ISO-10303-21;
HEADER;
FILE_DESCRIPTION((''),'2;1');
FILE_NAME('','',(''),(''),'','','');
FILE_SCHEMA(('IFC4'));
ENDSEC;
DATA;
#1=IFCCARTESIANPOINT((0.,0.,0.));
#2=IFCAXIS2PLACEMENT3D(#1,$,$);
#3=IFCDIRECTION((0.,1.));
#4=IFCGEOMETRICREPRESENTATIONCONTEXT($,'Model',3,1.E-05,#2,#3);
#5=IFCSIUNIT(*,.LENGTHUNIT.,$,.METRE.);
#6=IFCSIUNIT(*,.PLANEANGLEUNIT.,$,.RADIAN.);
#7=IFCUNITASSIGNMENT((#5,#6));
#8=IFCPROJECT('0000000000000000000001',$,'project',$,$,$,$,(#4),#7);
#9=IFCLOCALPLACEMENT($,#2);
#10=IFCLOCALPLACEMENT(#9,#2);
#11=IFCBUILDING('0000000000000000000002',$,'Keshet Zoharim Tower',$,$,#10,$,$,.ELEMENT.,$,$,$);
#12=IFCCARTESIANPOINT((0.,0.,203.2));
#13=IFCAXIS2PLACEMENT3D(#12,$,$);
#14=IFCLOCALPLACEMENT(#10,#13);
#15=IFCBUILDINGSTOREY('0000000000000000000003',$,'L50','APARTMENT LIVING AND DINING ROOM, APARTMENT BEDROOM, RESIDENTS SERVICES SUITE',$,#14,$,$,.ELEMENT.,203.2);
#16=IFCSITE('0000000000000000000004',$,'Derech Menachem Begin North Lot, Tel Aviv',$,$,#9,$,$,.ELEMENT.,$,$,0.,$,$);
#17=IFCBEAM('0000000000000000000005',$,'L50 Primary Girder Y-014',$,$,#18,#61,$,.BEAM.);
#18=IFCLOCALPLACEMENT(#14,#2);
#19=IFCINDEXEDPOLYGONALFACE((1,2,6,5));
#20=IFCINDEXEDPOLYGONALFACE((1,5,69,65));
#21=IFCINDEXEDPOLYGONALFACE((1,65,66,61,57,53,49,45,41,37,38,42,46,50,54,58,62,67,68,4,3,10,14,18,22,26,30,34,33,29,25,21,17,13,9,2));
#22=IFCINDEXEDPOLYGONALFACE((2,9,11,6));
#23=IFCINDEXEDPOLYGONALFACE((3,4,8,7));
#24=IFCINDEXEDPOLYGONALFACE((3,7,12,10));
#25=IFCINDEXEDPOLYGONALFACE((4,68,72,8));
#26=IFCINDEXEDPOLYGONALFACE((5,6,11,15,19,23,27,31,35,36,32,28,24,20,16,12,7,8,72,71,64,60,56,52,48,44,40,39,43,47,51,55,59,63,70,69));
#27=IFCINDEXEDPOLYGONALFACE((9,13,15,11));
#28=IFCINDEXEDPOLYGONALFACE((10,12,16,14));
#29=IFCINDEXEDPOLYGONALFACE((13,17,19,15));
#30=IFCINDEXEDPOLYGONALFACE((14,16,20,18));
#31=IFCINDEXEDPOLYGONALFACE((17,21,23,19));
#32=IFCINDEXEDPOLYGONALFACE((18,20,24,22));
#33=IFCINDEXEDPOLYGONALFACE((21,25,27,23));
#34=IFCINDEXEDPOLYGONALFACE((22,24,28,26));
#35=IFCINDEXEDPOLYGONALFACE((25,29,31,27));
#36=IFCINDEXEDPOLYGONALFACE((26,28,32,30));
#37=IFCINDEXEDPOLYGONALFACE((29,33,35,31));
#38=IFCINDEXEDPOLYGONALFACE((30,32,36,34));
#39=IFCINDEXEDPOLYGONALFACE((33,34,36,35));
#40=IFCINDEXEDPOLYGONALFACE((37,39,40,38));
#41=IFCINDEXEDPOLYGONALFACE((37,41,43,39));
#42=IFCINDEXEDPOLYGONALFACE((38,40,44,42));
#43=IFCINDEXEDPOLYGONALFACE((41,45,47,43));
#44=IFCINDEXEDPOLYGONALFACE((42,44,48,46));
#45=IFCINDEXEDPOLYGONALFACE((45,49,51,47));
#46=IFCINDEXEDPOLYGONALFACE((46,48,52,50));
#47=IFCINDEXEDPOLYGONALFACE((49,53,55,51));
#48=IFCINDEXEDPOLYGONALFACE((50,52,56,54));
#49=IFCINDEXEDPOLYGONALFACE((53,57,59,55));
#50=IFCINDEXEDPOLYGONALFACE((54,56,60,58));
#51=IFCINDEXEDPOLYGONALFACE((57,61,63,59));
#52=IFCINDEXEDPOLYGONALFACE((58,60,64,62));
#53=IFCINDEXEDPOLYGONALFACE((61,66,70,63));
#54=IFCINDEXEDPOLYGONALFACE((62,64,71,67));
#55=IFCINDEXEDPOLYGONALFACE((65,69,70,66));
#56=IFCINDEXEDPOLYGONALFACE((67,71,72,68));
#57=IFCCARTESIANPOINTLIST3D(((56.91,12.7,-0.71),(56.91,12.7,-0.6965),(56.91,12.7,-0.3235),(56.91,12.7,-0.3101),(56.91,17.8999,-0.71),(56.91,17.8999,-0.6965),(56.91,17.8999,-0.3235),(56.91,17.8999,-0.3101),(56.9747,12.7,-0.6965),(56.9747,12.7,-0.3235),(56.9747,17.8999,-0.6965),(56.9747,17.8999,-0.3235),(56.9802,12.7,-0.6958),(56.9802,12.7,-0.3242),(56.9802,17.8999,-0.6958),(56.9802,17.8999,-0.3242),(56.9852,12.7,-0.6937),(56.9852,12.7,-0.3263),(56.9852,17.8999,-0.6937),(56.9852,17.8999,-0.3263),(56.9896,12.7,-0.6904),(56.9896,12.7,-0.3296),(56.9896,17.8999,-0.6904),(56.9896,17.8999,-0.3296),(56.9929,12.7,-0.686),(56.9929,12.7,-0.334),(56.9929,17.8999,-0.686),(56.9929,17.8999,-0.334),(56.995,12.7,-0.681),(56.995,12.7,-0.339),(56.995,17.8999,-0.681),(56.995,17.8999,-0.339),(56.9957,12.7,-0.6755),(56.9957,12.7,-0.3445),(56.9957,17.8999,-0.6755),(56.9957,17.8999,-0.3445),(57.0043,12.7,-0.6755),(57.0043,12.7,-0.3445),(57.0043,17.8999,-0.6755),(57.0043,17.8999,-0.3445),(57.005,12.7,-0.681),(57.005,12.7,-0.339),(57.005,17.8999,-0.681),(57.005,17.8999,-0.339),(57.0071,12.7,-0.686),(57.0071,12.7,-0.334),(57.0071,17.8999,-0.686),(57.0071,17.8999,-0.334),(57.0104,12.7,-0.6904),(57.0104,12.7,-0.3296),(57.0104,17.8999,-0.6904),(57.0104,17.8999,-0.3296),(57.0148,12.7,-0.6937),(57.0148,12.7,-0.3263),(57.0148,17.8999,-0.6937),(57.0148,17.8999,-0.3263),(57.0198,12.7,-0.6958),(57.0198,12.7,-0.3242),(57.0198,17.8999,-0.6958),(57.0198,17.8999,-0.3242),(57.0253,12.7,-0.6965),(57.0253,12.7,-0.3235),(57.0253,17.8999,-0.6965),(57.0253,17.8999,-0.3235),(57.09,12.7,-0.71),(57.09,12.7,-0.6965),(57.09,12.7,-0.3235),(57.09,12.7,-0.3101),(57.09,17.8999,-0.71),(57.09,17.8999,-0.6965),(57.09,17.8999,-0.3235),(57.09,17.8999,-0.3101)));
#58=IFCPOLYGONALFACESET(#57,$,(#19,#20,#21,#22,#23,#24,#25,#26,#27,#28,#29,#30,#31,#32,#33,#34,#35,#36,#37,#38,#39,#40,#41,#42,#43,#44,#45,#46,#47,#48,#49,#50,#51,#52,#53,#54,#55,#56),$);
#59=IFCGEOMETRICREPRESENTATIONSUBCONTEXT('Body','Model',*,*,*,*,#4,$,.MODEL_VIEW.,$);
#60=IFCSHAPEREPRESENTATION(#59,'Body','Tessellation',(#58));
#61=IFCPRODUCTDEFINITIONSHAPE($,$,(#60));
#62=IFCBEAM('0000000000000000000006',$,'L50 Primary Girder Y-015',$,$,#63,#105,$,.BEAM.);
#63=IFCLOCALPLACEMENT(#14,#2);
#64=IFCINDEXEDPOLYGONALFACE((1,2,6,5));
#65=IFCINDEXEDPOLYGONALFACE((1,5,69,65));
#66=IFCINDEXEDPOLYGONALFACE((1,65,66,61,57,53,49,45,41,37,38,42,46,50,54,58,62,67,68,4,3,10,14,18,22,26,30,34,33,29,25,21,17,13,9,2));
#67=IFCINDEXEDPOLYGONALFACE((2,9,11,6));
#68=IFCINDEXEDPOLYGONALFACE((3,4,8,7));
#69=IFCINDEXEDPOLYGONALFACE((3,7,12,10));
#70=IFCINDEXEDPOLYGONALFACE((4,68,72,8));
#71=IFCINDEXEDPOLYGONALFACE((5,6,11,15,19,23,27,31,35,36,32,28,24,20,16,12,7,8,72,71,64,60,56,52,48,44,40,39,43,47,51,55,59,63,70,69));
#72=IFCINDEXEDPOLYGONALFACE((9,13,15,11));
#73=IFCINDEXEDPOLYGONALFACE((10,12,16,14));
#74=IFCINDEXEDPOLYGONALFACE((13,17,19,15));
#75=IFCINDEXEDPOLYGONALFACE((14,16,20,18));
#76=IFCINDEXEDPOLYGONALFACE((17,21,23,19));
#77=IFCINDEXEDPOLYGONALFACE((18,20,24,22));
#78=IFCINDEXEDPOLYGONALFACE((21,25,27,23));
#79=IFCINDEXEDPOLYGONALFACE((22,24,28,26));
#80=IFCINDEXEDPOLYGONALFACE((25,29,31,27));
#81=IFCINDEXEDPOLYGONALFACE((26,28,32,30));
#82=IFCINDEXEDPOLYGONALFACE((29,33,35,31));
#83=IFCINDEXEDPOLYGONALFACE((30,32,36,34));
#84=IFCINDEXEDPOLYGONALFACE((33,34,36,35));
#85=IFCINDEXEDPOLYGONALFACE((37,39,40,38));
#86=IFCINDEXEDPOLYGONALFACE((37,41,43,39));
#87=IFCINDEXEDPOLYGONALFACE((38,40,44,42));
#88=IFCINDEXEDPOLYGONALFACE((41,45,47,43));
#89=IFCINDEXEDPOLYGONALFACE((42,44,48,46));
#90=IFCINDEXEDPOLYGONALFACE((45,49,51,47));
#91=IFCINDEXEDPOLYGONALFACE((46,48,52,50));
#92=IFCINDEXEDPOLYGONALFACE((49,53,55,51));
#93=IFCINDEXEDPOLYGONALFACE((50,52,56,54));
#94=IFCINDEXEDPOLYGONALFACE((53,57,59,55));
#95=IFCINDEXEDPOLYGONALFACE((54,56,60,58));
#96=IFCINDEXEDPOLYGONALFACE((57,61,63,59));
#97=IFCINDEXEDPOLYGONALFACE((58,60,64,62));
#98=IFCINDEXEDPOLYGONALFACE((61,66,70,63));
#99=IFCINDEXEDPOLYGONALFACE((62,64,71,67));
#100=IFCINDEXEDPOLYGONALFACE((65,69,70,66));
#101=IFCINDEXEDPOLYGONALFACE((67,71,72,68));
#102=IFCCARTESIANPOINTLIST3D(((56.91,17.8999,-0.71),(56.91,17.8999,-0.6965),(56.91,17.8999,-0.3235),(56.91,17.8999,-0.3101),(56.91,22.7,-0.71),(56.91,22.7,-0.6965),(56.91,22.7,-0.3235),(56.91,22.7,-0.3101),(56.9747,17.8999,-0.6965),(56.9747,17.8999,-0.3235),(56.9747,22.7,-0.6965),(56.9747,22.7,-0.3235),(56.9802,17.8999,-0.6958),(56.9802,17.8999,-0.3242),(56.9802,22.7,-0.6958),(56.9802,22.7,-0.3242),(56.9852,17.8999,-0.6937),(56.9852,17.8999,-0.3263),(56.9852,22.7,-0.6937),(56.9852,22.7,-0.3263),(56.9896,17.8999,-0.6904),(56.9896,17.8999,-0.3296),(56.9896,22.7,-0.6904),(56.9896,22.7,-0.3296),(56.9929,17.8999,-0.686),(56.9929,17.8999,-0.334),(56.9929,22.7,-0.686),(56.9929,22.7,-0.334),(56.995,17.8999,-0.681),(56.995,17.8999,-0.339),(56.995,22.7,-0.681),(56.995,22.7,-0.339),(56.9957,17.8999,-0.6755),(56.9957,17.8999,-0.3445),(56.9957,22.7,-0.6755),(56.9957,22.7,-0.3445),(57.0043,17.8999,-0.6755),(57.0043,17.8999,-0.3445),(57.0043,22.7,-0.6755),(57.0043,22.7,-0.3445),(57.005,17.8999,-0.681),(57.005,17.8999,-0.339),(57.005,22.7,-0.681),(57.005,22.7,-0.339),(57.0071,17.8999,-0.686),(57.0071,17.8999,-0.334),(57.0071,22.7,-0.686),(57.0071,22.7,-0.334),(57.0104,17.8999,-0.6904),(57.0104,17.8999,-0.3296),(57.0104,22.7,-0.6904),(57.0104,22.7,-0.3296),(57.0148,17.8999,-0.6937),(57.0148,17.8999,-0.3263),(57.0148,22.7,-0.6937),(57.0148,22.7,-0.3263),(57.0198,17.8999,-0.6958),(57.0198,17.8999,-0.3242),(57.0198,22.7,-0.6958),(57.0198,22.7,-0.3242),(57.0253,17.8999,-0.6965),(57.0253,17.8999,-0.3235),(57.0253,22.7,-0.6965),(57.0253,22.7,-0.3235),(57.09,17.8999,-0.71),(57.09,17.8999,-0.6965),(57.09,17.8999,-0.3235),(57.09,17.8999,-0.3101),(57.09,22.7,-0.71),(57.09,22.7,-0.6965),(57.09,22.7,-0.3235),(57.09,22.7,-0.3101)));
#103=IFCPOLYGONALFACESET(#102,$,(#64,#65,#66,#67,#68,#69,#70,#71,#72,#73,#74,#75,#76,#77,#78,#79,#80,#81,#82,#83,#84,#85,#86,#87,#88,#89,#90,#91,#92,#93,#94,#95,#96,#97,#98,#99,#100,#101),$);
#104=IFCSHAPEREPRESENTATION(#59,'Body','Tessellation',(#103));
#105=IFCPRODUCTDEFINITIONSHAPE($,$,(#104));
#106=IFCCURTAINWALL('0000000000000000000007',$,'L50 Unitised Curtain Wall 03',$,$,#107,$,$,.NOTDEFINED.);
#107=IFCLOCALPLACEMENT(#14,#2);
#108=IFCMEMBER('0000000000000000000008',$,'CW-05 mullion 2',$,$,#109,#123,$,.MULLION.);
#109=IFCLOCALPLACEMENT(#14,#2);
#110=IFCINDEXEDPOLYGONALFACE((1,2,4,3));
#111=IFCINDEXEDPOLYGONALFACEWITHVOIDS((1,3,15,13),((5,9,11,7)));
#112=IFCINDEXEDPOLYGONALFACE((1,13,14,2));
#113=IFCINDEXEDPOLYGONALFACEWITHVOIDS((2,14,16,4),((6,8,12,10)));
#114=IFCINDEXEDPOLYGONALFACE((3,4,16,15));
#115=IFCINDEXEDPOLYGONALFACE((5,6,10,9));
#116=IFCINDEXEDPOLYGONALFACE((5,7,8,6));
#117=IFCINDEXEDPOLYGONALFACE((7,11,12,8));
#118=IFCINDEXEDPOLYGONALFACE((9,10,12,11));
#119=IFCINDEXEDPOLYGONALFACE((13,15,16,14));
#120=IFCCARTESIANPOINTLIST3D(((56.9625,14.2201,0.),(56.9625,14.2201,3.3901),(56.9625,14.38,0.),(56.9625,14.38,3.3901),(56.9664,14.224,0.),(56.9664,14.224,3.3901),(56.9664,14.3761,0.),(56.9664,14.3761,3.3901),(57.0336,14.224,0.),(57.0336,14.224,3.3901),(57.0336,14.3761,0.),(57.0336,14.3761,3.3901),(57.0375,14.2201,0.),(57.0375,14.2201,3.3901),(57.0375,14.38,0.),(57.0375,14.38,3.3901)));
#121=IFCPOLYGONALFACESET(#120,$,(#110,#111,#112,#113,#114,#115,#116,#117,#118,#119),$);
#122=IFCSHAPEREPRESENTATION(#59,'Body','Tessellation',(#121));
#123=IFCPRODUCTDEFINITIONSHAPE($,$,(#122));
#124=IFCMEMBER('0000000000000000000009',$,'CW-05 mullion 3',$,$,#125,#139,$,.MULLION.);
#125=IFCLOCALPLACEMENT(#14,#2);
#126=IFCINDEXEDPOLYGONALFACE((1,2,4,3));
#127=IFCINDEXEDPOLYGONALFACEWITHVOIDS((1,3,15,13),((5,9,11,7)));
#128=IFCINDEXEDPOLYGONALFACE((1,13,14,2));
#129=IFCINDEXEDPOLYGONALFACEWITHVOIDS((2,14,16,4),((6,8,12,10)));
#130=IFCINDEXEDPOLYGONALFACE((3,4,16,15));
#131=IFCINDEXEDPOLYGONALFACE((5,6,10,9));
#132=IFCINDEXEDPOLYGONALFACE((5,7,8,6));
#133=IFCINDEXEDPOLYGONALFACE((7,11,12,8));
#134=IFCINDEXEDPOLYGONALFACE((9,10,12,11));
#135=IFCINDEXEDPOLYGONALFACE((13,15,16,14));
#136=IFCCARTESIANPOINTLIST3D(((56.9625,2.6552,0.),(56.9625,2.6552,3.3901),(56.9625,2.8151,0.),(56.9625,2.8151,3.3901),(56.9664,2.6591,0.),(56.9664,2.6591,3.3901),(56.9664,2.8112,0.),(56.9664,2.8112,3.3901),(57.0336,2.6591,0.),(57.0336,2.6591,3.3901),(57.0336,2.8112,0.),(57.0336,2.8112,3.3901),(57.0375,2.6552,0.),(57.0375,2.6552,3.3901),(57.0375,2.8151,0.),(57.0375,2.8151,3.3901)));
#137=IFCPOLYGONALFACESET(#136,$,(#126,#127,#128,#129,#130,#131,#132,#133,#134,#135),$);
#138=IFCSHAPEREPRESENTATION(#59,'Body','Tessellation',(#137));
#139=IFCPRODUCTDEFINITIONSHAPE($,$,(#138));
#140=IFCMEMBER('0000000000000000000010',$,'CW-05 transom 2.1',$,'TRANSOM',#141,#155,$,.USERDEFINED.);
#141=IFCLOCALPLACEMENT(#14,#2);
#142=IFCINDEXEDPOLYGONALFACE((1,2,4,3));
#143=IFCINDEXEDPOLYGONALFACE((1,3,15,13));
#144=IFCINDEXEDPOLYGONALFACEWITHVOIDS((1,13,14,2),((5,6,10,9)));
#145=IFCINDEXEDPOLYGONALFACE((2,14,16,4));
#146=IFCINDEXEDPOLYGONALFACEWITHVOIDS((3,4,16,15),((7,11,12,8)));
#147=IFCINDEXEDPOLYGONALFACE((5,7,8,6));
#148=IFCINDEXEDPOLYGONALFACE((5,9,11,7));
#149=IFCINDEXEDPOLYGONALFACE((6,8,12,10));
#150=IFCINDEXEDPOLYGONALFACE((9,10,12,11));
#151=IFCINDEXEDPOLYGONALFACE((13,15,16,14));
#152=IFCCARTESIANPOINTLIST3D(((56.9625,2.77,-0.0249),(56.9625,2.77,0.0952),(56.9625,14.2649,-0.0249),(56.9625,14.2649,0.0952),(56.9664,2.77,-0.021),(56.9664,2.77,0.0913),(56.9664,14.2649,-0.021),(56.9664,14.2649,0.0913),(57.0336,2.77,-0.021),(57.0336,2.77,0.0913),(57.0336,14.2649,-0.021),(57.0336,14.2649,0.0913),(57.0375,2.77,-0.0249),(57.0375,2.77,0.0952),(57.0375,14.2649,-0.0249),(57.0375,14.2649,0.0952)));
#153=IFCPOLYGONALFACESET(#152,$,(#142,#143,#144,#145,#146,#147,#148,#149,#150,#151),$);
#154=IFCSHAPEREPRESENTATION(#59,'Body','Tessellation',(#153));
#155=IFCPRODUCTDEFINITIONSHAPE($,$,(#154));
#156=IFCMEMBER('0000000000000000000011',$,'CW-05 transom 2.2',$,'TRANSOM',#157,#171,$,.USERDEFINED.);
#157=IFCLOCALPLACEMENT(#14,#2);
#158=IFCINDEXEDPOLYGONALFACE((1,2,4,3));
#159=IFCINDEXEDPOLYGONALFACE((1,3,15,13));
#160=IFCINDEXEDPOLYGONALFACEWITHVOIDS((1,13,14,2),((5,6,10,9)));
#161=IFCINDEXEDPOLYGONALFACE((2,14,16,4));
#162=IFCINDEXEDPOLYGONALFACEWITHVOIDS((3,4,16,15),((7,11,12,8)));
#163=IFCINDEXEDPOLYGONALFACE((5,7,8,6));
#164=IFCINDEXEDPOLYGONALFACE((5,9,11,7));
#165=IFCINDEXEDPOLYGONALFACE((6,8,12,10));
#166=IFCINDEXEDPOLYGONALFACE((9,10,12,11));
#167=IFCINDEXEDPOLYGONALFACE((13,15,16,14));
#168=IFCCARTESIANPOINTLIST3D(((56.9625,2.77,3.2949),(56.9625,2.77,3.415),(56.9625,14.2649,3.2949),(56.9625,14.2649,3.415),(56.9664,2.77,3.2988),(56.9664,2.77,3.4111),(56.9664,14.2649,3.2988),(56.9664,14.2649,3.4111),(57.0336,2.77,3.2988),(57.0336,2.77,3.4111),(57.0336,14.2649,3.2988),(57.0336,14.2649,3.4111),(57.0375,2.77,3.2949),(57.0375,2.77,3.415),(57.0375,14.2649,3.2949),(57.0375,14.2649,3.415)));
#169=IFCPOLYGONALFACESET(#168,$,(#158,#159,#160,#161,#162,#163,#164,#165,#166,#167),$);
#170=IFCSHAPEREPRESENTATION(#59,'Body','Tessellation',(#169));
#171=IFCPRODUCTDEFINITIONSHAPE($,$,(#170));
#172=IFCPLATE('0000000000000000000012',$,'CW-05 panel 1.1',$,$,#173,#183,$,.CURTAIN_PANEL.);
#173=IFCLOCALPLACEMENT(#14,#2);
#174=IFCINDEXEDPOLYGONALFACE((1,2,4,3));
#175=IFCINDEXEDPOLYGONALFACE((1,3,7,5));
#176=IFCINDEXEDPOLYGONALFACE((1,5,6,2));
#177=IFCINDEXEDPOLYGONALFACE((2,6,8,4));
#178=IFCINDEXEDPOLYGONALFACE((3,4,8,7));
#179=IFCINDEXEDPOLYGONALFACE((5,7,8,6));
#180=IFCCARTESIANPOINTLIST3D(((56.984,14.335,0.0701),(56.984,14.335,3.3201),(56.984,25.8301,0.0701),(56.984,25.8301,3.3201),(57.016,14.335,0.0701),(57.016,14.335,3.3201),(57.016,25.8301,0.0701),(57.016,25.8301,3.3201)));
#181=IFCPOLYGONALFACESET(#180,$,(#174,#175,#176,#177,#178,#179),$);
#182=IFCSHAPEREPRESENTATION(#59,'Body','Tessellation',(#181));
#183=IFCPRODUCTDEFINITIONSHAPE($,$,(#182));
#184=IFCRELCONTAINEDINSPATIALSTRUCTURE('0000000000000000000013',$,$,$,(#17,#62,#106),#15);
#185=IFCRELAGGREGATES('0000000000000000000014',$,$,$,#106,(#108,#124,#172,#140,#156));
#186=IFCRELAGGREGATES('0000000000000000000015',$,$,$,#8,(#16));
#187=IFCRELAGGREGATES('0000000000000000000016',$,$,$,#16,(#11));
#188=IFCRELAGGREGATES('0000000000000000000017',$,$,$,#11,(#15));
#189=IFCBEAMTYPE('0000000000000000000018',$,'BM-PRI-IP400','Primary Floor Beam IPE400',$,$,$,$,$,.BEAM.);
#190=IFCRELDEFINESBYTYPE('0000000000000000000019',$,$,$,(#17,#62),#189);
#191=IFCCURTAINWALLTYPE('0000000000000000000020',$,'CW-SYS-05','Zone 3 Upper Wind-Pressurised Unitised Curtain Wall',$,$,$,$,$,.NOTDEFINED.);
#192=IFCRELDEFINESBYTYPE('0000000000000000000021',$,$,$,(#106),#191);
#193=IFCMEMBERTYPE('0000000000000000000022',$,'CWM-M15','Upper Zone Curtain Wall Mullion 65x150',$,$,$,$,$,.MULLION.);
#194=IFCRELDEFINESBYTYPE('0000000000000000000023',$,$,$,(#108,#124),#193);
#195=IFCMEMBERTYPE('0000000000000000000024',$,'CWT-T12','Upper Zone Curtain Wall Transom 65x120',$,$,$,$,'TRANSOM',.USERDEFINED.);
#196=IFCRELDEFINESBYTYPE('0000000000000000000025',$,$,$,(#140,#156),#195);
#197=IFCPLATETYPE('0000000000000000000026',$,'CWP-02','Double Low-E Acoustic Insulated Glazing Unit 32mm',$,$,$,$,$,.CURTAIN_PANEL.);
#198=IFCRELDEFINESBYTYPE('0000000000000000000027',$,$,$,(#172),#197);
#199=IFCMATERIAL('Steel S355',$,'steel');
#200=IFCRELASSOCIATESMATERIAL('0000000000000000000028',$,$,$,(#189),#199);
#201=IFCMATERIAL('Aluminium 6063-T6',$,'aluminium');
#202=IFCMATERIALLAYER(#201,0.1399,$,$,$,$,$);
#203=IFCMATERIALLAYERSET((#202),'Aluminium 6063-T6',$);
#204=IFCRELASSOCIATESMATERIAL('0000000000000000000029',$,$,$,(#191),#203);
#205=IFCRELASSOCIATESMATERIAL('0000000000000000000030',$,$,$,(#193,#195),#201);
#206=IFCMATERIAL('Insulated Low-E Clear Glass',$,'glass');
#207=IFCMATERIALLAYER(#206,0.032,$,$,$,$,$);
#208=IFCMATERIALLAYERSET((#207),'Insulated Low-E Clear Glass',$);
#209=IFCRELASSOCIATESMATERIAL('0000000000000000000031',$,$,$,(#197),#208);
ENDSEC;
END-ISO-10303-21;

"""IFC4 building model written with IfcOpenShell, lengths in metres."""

from ifc_helpers import new_model, si_unit, direction, frame, origin, origin_2d, place, context, subcontext, project, spatial, rectangle, hollow_rectangle, i_section, extrude, material, layer, layer_set, material_profile, profile_set, type_object, element, aggregate, save


model = new_model("IFC4")

# Units and contexts
model_context = context("Model", 3, precision=1e-05, world=origin(), true_north=direction((0.0, 1.0)))
body_context = subcontext(model_context, "Body", "Model", "MODEL_VIEW")
ifc_project = project(units=[si_unit("LENGTHUNIT", "METRE"), si_unit("PLANEANGLEUNIT", "RADIAN")], contexts=[model_context])

# Site, building, storey
site_placement = place(None, origin())
site = spatial("IfcSite", under=ifc_project, at=site_placement, Name="Derech Menachem Begin North Lot, Tel Aviv", CompositionType="ELEMENT", RefElevation=0.0)
building_placement = place(site_placement, origin())
building = spatial("IfcBuilding", under=site, at=building_placement, Name="Keshet Zoharim Tower", CompositionType="ELEMENT")
storey_placement = place(building_placement, frame((0.0, 0.0, 203.2)))
storey = spatial("IfcBuildingStorey", under=building, at=storey_placement, Name="L50", Description="APARTMENT LIVING AND DINING ROOM, APARTMENT BEDROOM, RESIDENTS SERVICES SUITE", CompositionType="ELEMENT", Elevation=203.2)

# Shared definitions
ifc_material_1 = material(Name="Steel S355", Category="steel")

# Beams
ifc_material_profile_1 = material_profile(ifc_material_1, i_section(OverallWidth=0.1799, OverallDepth=0.3999, WebThickness=0.0085, FlangeThickness=0.0134, FilletRadius=0.021, at=origin_2d()), Name="IPE400")
ifc_profile_set_1 = profile_set([ifc_material_profile_1], Name="Steel S355")
beam_type = type_object("IfcBeamType", Name="BM-PRI-IP400", Description="Primary Floor Beam IPE400", PredefinedType="BEAM", material=ifc_profile_set_1)
beam_1_placement = place(storey_placement, frame((57.0, 12.7, -0.51), z_axis=(0.0, 1.0, 0.0), x_axis=(-1.0, 0.0, 0.0)))
element("IfcBeam", 1, at=beam_1_placement, inside=storey, type_object=beam_type, Name="L50 Primary Girder Y-014", PredefinedType="BEAM", context=body_context, shape_type="SweptSolid", body=[
    extrude(i_section(OverallWidth=0.1799, OverallDepth=0.3999, WebThickness=0.0085, FlangeThickness=0.0134, FilletRadius=0.021, at=origin_2d()), origin(), (0.0, 0.0, 1.0), 5.2),
])
beam_2_placement = place(storey_placement, frame((57.0, 17.8999, -0.51), z_axis=(0.0, 1.0, 0.0), x_axis=(-1.0, 0.0, 0.0)))
element("IfcBeam", 2, at=beam_2_placement, inside=storey, type_object=beam_type, Name="L50 Primary Girder Y-015", PredefinedType="BEAM", context=body_context, shape_type="SweptSolid", body=[
    extrude(i_section(OverallWidth=0.1799, OverallDepth=0.3999, WebThickness=0.0085, FlangeThickness=0.0134, FilletRadius=0.021, at=origin_2d()), origin(), (0.0, 0.0, 1.0), 4.8),
])

# Curtain wall, members, plate
ifc_material_2 = material(Name="Aluminium 6063-T6", Category="aluminium")
ifc_layer_1 = layer(ifc_material_2, 0.1399)
ifc_layer_set_1 = layer_set([ifc_layer_1], Name="Aluminium 6063-T6")
curtain_wall_type = type_object("IfcCurtainWallType", Name="CW-SYS-05", Description="Zone 3 Upper Wind-Pressurised Unitised Curtain Wall", PredefinedType="NOTDEFINED", material=ifc_layer_set_1)
curtain_wall_placement = place(storey_placement, origin())
curtain_wall = element("IfcCurtainWall", 3, at=curtain_wall_placement, inside=storey, type_object=curtain_wall_type, Name="L50 Unitised Curtain Wall 03", PredefinedType="NOTDEFINED")
ifc_material_profile_2 = material_profile(ifc_material_2, hollow_rectangle(XDim=0.075, YDim=0.1599, WallThickness=0.0039, at=origin_2d()), Name="MUL-75x160")
ifc_profile_set_2 = profile_set([ifc_material_profile_2], Name="Aluminium 6063-T6")
member_type_1 = type_object("IfcMemberType", Name="CWM-M15", Description="Upper Zone Curtain Wall Mullion 65x150", PredefinedType="MULLION", material=ifc_profile_set_2)
member_1_placement = place(storey_placement, frame((57.0, 14.3, 0.0), z_axis=(0.0, 0.0, 1.0), x_axis=(1.0, 0.0, 0.0)))
member_1 = element("IfcMember", 4, at=member_1_placement, type_object=member_type_1, Name="CW-05 mullion 2", PredefinedType="MULLION", context=body_context, shape_type="SweptSolid", body=[
    extrude(hollow_rectangle(XDim=0.075, YDim=0.1599, WallThickness=0.0039, at=origin_2d()), origin(), (0.0, 0.0, 1.0), 3.3901),
])
member_2_placement = place(storey_placement, frame((57.0, 2.7351, 0.0), z_axis=(0.0, 0.0, 1.0), x_axis=(1.0, 0.0, 0.0)))
member_2 = element("IfcMember", 5, at=member_2_placement, type_object=member_type_1, Name="CW-05 mullion 3", PredefinedType="MULLION", context=body_context, shape_type="SweptSolid", body=[
    extrude(hollow_rectangle(XDim=0.075, YDim=0.1599, WallThickness=0.0039, at=origin_2d()), origin(), (0.0, 0.0, 1.0), 3.3901),
])
ifc_material_profile_3 = material_profile(ifc_material_2, hollow_rectangle(XDim=0.075, YDim=0.1201, WallThickness=0.0039, at=origin_2d()), Name="TRN-75x120")
ifc_profile_set_3 = profile_set([ifc_material_profile_3], Name="Aluminium 6063-T6")
member_type_2 = type_object("IfcMemberType", Name="CWT-T12", Description="Upper Zone Curtain Wall Transom 65x120", ElementType="TRANSOM", PredefinedType="USERDEFINED", material=ifc_profile_set_3)
member_3_placement = place(storey_placement, frame((57.0, 14.2649, 0.0352), z_axis=(0.0, -1.0, 0.0), x_axis=(1.0, 0.0, 0.0)))
member_3 = element("IfcMember", 6, at=member_3_placement, type_object=member_type_2, Name="CW-05 transom 2.1", ObjectType="TRANSOM", PredefinedType="USERDEFINED", context=body_context, shape_type="SweptSolid", body=[
    extrude(hollow_rectangle(XDim=0.075, YDim=0.1201, WallThickness=0.0039, at=origin_2d()), origin(), (0.0, 0.0, 1.0), 11.4949),
])
member_4_placement = place(storey_placement, frame((57.0, 14.2649, 3.355), z_axis=(0.0, -1.0, 0.0), x_axis=(1.0, 0.0, 0.0)))
member_4 = element("IfcMember", 7, at=member_4_placement, type_object=member_type_2, Name="CW-05 transom 2.2", ObjectType="TRANSOM", PredefinedType="USERDEFINED", context=body_context, shape_type="SweptSolid", body=[
    extrude(hollow_rectangle(XDim=0.075, YDim=0.1201, WallThickness=0.0039, at=origin_2d()), origin(), (0.0, 0.0, 1.0), 11.4949),
])
ifc_material_3 = material(Name="Insulated Low-E Clear Glass", Category="glass")
ifc_layer_2 = layer(ifc_material_3, 0.032)
ifc_layer_set_2 = layer_set([ifc_layer_2], Name="Insulated Low-E Clear Glass")
plate_type = type_object("IfcPlateType", Name="CWP-02", Description="Double Low-E Acoustic Insulated Glazing Unit 32mm", PredefinedType="CURTAIN_PANEL", material=ifc_layer_set_2)
plate_1_placement = place(storey_placement, frame((57.0, 20.0825, 0.0701), z_axis=(0.0, 0.0, 1.0), x_axis=(0.0, -1.0, 0.0)))
plate_1 = element("IfcPlate", 8, at=plate_1_placement, type_object=plate_type, Name="CW-05 panel 1.1", PredefinedType="CURTAIN_PANEL", context=body_context, shape_type="SweptSolid", body=[
    extrude(rectangle(XDim=11.4951, YDim=0.032, at=origin_2d()), origin(), (0.0, 0.0, 1.0), 3.25),
])
aggregate(curtain_wall, [member_1, member_2, plate_1, member_3, member_4])

save(model, "model.ifc")
